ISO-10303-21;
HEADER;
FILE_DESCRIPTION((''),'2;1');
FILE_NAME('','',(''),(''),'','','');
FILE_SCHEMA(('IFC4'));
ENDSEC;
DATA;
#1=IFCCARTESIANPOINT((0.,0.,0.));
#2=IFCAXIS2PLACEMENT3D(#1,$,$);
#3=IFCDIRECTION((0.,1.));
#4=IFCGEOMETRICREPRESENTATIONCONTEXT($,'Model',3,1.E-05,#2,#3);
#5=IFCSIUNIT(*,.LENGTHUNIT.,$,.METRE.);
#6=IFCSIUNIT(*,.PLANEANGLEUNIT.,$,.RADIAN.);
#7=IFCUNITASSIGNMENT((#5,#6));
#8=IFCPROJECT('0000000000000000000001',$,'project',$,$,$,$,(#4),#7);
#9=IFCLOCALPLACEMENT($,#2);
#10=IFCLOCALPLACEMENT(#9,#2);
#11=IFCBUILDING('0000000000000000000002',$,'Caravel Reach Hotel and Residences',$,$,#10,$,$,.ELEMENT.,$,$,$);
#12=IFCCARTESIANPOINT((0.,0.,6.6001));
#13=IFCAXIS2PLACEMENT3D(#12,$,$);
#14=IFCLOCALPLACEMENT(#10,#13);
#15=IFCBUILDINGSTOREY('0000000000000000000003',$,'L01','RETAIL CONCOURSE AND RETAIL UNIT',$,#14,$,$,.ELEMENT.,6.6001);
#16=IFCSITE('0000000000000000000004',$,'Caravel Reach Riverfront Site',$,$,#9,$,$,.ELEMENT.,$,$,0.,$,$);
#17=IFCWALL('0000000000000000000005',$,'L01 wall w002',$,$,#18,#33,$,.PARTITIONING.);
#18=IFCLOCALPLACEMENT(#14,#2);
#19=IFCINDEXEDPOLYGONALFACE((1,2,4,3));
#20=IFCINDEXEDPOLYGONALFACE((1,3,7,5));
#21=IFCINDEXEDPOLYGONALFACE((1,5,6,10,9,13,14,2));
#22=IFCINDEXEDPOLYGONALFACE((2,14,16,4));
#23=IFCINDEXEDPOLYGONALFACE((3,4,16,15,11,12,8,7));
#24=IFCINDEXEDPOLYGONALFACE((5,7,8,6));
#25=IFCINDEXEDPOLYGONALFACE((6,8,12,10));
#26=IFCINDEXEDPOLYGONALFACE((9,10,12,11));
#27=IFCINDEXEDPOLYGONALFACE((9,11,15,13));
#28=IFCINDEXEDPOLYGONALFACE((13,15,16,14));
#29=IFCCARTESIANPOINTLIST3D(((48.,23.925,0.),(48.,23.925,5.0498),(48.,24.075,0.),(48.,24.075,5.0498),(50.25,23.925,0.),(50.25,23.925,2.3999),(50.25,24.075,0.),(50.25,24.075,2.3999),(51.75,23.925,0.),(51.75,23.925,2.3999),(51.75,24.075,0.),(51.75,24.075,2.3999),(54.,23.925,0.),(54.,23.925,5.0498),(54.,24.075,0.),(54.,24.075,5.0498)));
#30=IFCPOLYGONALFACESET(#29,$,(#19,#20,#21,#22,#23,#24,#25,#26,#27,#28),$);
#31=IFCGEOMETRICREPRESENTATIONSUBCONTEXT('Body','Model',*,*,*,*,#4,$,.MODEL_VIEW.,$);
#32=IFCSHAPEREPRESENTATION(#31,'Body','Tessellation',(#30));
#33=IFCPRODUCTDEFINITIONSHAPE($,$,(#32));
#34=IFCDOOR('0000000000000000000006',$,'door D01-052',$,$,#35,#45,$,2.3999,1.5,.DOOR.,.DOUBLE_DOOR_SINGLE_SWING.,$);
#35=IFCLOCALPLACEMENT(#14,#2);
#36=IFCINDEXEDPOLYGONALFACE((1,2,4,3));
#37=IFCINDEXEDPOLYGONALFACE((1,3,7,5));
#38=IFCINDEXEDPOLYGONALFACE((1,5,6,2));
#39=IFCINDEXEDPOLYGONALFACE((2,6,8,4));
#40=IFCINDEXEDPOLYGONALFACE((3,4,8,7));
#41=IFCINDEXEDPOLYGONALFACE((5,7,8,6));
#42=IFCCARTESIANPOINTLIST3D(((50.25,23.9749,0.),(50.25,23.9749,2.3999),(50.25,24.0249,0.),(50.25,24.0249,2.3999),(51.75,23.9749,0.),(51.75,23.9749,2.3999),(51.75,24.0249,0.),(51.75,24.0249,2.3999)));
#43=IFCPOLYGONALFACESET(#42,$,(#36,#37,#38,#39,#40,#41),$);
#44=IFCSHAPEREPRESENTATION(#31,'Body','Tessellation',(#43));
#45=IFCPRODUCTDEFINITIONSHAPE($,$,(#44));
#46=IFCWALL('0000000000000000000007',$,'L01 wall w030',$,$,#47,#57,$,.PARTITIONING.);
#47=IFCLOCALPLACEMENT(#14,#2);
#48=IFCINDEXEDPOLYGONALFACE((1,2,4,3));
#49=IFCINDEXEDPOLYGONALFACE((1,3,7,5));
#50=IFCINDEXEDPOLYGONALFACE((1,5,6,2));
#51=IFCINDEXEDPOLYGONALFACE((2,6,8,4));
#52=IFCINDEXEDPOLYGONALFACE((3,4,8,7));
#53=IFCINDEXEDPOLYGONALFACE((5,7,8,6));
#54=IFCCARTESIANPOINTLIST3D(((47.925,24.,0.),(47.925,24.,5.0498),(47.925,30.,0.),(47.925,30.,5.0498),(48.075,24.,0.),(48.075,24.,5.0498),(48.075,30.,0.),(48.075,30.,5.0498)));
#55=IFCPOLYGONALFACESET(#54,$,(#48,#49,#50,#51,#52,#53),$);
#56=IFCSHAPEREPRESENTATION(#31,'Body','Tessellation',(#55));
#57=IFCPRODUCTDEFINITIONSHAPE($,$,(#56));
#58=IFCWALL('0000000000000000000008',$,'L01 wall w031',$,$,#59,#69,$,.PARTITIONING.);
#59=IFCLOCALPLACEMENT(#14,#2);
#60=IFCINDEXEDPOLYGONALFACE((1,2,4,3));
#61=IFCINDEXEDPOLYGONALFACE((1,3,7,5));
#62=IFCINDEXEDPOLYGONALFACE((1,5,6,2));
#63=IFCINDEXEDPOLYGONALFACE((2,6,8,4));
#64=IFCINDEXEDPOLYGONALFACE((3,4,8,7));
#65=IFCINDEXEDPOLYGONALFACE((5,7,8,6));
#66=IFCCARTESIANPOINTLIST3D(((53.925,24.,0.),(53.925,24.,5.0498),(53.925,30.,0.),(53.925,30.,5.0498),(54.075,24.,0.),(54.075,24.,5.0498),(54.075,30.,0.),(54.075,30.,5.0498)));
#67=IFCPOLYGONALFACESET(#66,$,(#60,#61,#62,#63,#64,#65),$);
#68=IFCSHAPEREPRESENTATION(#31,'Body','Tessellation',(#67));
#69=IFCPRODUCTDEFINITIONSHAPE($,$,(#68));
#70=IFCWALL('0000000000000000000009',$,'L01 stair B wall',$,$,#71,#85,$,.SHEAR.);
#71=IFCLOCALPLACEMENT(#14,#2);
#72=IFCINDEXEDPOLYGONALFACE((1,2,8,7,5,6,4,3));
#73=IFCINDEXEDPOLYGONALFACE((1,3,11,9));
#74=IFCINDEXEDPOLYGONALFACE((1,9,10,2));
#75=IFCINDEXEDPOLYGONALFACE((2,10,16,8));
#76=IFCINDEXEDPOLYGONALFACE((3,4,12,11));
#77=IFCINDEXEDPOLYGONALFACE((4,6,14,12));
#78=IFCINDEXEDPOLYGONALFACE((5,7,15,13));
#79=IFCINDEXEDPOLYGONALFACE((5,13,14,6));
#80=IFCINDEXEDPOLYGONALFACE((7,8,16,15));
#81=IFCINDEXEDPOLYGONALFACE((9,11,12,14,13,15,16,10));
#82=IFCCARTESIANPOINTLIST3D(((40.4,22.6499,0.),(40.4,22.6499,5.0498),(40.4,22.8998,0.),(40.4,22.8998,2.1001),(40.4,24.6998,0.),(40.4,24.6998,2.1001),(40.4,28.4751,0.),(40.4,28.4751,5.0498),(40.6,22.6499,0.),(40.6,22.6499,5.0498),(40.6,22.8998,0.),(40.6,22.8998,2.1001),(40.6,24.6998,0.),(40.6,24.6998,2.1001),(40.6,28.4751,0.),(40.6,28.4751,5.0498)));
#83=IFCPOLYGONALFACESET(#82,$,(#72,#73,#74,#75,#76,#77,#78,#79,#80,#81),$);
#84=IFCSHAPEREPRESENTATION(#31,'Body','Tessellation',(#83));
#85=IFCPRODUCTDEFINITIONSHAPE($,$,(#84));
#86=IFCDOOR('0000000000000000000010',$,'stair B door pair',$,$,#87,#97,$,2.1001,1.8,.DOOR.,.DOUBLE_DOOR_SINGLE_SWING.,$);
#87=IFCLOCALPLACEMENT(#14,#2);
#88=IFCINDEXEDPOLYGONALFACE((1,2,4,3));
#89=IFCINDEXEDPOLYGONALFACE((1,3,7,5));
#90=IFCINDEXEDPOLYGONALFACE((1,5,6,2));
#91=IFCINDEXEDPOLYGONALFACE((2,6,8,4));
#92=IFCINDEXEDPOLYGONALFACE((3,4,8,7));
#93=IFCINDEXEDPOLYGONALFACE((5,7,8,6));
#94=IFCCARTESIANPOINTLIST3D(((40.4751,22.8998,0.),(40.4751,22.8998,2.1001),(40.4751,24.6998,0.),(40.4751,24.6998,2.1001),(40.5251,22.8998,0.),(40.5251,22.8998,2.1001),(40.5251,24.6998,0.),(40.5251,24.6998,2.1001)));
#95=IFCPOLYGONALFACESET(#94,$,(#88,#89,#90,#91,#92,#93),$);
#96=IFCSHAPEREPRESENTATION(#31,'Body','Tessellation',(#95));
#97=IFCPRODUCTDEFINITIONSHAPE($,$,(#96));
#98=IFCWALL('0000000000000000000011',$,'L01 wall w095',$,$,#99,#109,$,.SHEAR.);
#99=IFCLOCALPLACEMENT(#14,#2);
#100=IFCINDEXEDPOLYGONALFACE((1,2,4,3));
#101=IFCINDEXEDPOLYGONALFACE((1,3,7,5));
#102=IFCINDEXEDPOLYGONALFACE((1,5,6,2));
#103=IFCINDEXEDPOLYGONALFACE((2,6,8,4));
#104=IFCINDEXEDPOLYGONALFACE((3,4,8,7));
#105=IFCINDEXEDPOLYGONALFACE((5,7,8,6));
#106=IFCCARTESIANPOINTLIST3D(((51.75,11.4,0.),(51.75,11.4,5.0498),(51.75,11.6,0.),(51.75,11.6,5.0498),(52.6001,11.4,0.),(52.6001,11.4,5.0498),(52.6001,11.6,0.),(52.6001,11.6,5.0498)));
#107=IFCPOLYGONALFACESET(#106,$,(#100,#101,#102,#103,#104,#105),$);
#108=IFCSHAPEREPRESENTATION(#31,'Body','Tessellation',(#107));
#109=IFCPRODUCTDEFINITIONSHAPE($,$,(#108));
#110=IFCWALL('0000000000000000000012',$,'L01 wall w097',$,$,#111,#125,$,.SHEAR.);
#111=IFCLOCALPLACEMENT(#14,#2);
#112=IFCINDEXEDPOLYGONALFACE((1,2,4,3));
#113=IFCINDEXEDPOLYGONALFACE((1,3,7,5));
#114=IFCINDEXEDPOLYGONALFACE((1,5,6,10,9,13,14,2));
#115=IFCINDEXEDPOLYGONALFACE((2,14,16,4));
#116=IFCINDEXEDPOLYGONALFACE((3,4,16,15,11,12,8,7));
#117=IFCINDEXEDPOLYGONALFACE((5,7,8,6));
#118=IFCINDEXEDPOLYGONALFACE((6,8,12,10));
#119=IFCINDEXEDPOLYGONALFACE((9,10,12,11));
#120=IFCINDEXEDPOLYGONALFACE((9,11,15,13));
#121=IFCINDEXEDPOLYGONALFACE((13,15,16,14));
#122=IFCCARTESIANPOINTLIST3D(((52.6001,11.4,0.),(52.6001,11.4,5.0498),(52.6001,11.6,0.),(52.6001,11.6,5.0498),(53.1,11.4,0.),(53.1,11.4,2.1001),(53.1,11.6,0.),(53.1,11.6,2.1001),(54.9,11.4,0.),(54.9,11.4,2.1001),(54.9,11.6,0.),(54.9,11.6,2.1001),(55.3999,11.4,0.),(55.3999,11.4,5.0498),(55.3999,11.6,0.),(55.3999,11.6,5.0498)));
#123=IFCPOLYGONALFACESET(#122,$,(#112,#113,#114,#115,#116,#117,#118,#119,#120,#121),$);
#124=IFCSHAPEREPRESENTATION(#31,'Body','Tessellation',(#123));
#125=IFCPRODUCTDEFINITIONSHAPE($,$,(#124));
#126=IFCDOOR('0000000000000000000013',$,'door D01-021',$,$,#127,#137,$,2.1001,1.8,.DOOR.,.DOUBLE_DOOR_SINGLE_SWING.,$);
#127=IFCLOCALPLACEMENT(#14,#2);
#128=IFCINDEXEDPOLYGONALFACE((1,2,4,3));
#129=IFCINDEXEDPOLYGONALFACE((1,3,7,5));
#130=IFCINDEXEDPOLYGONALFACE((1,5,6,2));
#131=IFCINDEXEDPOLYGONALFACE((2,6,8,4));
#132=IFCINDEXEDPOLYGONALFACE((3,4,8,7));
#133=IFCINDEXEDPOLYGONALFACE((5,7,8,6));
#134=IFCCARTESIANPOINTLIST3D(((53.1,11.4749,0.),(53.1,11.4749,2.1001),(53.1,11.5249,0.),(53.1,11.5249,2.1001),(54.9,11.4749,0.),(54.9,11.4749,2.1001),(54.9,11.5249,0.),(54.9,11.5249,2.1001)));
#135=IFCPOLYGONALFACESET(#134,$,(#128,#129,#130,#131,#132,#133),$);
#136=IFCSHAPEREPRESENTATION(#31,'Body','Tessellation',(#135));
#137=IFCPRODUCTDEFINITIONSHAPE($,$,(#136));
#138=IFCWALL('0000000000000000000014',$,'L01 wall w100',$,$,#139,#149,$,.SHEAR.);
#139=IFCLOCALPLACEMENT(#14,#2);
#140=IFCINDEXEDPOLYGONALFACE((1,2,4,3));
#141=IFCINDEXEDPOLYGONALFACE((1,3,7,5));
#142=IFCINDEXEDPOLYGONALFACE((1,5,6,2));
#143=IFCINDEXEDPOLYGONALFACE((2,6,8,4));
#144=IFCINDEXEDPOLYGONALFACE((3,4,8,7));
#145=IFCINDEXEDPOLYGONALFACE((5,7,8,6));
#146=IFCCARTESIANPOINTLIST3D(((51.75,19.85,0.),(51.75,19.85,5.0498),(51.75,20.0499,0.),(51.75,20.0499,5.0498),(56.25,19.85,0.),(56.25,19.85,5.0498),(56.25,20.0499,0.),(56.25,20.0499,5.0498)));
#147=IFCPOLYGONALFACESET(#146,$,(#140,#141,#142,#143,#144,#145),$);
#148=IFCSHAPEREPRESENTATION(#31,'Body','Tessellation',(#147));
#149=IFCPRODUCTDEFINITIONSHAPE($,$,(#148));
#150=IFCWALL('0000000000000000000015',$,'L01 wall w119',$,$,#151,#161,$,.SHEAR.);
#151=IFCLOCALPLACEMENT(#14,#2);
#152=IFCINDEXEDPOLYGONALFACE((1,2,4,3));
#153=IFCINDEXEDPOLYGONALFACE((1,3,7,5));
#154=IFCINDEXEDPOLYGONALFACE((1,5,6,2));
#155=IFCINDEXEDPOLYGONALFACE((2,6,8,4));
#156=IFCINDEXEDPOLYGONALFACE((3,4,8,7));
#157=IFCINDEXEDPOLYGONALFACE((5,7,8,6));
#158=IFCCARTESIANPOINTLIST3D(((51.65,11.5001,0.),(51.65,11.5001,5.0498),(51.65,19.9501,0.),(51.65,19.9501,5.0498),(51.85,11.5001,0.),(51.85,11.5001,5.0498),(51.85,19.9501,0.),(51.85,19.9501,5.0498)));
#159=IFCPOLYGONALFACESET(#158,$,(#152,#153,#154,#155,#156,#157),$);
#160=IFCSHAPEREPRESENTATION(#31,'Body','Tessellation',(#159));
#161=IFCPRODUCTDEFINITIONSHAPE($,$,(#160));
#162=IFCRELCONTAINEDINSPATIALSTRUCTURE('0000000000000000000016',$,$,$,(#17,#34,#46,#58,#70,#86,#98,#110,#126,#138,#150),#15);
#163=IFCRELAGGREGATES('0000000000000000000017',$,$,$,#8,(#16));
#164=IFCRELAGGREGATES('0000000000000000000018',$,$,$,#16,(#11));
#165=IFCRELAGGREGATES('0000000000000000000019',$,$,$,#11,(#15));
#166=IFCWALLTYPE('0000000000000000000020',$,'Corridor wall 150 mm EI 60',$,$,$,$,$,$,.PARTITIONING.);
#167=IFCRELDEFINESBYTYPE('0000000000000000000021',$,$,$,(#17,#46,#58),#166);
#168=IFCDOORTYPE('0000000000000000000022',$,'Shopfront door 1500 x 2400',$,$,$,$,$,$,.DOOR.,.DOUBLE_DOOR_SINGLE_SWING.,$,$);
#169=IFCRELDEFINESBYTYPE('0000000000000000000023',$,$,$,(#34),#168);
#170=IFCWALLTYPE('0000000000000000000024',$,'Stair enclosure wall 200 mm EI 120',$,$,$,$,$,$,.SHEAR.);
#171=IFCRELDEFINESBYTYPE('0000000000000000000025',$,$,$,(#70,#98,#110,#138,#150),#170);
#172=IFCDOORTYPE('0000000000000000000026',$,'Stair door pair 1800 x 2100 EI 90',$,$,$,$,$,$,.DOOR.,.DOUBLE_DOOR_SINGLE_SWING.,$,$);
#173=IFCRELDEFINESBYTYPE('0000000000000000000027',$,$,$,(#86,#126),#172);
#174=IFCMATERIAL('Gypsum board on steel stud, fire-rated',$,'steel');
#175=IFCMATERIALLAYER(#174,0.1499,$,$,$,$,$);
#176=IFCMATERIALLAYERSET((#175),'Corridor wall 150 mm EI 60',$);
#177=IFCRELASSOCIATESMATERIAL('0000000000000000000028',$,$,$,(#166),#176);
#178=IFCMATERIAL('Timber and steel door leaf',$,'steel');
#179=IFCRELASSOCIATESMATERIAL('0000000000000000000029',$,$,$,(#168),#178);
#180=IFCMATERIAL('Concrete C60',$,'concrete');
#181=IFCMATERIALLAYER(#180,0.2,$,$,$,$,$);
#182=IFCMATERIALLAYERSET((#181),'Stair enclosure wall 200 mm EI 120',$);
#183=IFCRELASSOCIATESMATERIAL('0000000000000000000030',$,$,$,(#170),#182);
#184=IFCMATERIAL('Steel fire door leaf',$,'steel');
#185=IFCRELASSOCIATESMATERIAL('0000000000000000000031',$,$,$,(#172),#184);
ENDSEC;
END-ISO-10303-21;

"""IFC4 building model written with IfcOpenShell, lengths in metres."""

from ifc_helpers import new_model, si_unit, direction, frame, frame_2d, origin, place, context, subcontext, project, spatial, rectangle, extrude, material, layer, layer_set, type_object, element, fill, save


model = new_model("IFC4")

# Units and contexts
model_context = context("Model", 3, precision=1e-05, world=origin(), true_north=direction((0.0, 1.0)))
body_context = subcontext(model_context, "Body", "Model", "MODEL_VIEW")
ifc_project = project(units=[si_unit("LENGTHUNIT", "METRE"), si_unit("PLANEANGLEUNIT", "RADIAN")], contexts=[model_context])

# Site, building, storey
site_placement = place(None, origin())
site = spatial("IfcSite", under=ifc_project, at=site_placement, Name="Caravel Reach Riverfront Site", CompositionType="ELEMENT", RefElevation=0.0)
building_placement = place(site_placement, origin())
building = spatial("IfcBuilding", under=site, at=building_placement, Name="Caravel Reach Hotel and Residences", CompositionType="ELEMENT")
storey_placement = place(building_placement, frame((0.0, 0.0, 6.6001)))
storey = spatial("IfcBuildingStorey", under=building, at=storey_placement, Name="L01", Description="RETAIL CONCOURSE AND RETAIL UNIT", CompositionType="ELEMENT", Elevation=6.6001)

# Wall, opening, door
ifc_material_1 = material(Name="Gypsum board on steel stud, fire-rated", Category="steel")
ifc_layer_1 = layer(ifc_material_1, 0.1499)
ifc_layer_set_1 = layer_set([ifc_layer_1], Name="Corridor wall 150 mm EI 60")
wall_type_1 = type_object("IfcWallType", Name="Corridor wall 150 mm EI 60", PredefinedType="PARTITIONING", material=ifc_layer_set_1)
wall_1_placement = place(storey_placement, frame((48.0, 24.0, 0.0), z_axis=(0.0, 0.0, 1.0), x_axis=(1.0, 0.0, 0.0)))
wall_1 = element("IfcWall", 1, at=wall_1_placement, inside=storey, type_object=wall_type_1, Name="L01 wall w002", PredefinedType="PARTITIONING", context=body_context, shape_type="SweptSolid", body=[
    extrude(rectangle(XDim=6.0, YDim=0.1499, at=frame_2d((3.0, 0.0))), origin(), (0.0, 0.0, 1.0), 5.0498),
])
opening_1_placement = place(wall_1_placement, frame((2.25, 0.0, 0.0)))
opening_1 = element("IfcOpeningElement", 2, at=opening_1_placement, cuts=wall_1, PredefinedType="OPENING", context=body_context, shape_type="SweptSolid", body=[
    extrude(rectangle(XDim=1.5, YDim=2.3999, at=frame_2d((0.75, 1.2))), frame((0.0, 0.085, 0.0), z_axis=(0.0, -1.0, 0.0), x_axis=(1.0, 0.0, 0.0)), (0.0, 0.0, 1.0), 0.1699),
])
ifc_material_2 = material(Name="Timber and steel door leaf", Category="steel")
door_type_1 = type_object("IfcDoorType", Name="Shopfront door 1500 x 2400", OperationType="DOUBLE_DOOR_SINGLE_SWING", PredefinedType="DOOR", material=ifc_material_2)
door_1_placement = place(opening_1_placement, origin())
door_1 = element("IfcDoor", 3, at=door_1_placement, inside=storey, type_object=door_type_1, Name="door D01-052", OperationType="DOUBLE_DOOR_SINGLE_SWING", OverallHeight=2.3999, OverallWidth=1.5, PredefinedType="DOOR", context=body_context, shape_type="SweptSolid", body=[
    extrude(rectangle(XDim=1.5, YDim=2.3999, at=frame_2d((0.75, 1.2))), frame((0.0, 0.0249, 0.0), z_axis=(0.0, -1.0, 0.0), x_axis=(1.0, 0.0, 0.0)), (0.0, 0.0, 1.0), 0.05),
])
fill(opening_1, door_1)

# Walls
for number, where, z_axis, x_axis, name in (
    (4, (48.0, 24.0, 0.0), (0.0, 0.0, 1.0), (0.0, 1.0, 0.0), "L01 wall w030"),
    (5, (54.0, 24.0, 0.0), (0.0, 0.0, 1.0), (0.0, 1.0, 0.0), "L01 wall w031"),
):
    element("IfcWall", number, at=place(storey_placement, frame(where, z_axis=z_axis, x_axis=x_axis)), inside=storey, type_object=wall_type_1, Name=name, PredefinedType="PARTITIONING", context=body_context, shape_type="SweptSolid", body=[
        extrude(rectangle(XDim=6.0, YDim=0.1499, at=frame_2d((3.0, 0.0))), origin(), (0.0, 0.0, 1.0), 5.0498),
    ])

# Wall, opening, door
ifc_material_3 = material(Name="Concrete C60", Category="concrete")
ifc_layer_2 = layer(ifc_material_3, 0.2)
ifc_layer_set_2 = layer_set([ifc_layer_2], Name="Stair enclosure wall 200 mm EI 120")
wall_type_2 = type_object("IfcWallType", Name="Stair enclosure wall 200 mm EI 120", PredefinedType="SHEAR", material=ifc_layer_set_2)
wall_2_placement = place(storey_placement, frame((40.5, 22.6499, 0.0), z_axis=(0.0, 0.0, 1.0), x_axis=(0.0, 1.0, 0.0)))
wall_2 = element("IfcWall", 6, at=wall_2_placement, inside=storey, type_object=wall_type_2, Name="L01 stair B wall", PredefinedType="SHEAR", context=body_context, shape_type="SweptSolid", body=[
    extrude(rectangle(XDim=5.8252, YDim=0.2, at=frame_2d((2.9126, 0.0))), origin(), (0.0, 0.0, 1.0), 5.0498),
])
opening_2_placement = place(wall_2_placement, frame((0.25, 0.0, 0.0)))
opening_2 = element("IfcOpeningElement", 7, at=opening_2_placement, cuts=wall_2, PredefinedType="OPENING", context=body_context, shape_type="SweptSolid", body=[
    extrude(rectangle(XDim=1.8, YDim=2.1001, at=frame_2d((0.8999, 1.05))), frame((0.0, 0.1099, 0.0), z_axis=(0.0, -1.0, 0.0), x_axis=(1.0, 0.0, 0.0)), (0.0, 0.0, 1.0), 0.22),
])
ifc_material_4 = material(Name="Steel fire door leaf", Category="steel")
door_type_2 = type_object("IfcDoorType", Name="Stair door pair 1800 x 2100 EI 90", OperationType="DOUBLE_DOOR_SINGLE_SWING", PredefinedType="DOOR", material=ifc_material_4)
door_2_placement = place(opening_2_placement, origin())
door_2 = element("IfcDoor", 8, at=door_2_placement, inside=storey, type_object=door_type_2, Name="stair B door pair", OperationType="DOUBLE_DOOR_SINGLE_SWING", OverallHeight=2.1001, OverallWidth=1.8, PredefinedType="DOOR", context=body_context, shape_type="SweptSolid", body=[
    extrude(rectangle(XDim=1.8, YDim=2.1001, at=frame_2d((0.8999, 1.05))), frame((0.0, 0.0249, 0.0), z_axis=(0.0, -1.0, 0.0), x_axis=(1.0, 0.0, 0.0)), (0.0, 0.0, 1.0), 0.05),
])
fill(opening_2, door_2)

# Wall
wall_3_placement = place(storey_placement, frame((51.75, 11.5, 0.0), z_axis=(0.0, 0.0, 1.0), x_axis=(1.0, 0.0, 0.0)))
element("IfcWall", 9, at=wall_3_placement, inside=storey, type_object=wall_type_2, Name="L01 wall w095", PredefinedType="SHEAR", context=body_context, shape_type="SweptSolid", body=[
    extrude(rectangle(XDim=0.8501, YDim=0.2, at=frame_2d((0.425, 0.0))), origin(), (0.0, 0.0, 1.0), 5.0498),
])

# Wall, opening, door
wall_4_placement = place(storey_placement, frame((52.6001, 11.5, 0.0), z_axis=(0.0, 0.0, 1.0), x_axis=(1.0, 0.0, 0.0)))
wall_4 = element("IfcWall", 10, at=wall_4_placement, inside=storey, type_object=wall_type_2, Name="L01 wall w097", PredefinedType="SHEAR", context=body_context, shape_type="SweptSolid", body=[
    extrude(rectangle(XDim=2.7998, YDim=0.2, at=frame_2d((1.3999, 0.0))), origin(), (0.0, 0.0, 1.0), 5.0498),
])
opening_3_placement = place(wall_4_placement, frame((0.5, 0.0, 0.0)))
opening_3 = element("IfcOpeningElement", 11, at=opening_3_placement, cuts=wall_4, PredefinedType="OPENING", context=body_context, shape_type="SweptSolid", body=[
    extrude(rectangle(XDim=1.8, YDim=2.1001, at=frame_2d((0.8999, 1.05))), frame((0.0, 0.1099, 0.0), z_axis=(0.0, -1.0, 0.0), x_axis=(1.0, 0.0, 0.0)), (0.0, 0.0, 1.0), 0.22),
])
door_3_placement = place(opening_3_placement, origin())
door_3 = element("IfcDoor", 12, at=door_3_placement, inside=storey, type_object=door_type_2, Name="door D01-021", OperationType="DOUBLE_DOOR_SINGLE_SWING", OverallHeight=2.1001, OverallWidth=1.8, PredefinedType="DOOR", context=body_context, shape_type="SweptSolid", body=[
    extrude(rectangle(XDim=1.8, YDim=2.1001, at=frame_2d((0.8999, 1.05))), frame((0.0, 0.0249, 0.0), z_axis=(0.0, -1.0, 0.0), x_axis=(1.0, 0.0, 0.0)), (0.0, 0.0, 1.0), 0.05),
])
fill(opening_3, door_3)

# Walls
wall_5_placement = place(storey_placement, frame((51.75, 19.95, 0.0), z_axis=(0.0, 0.0, 1.0), x_axis=(1.0, 0.0, 0.0)))
element("IfcWall", 13, at=wall_5_placement, inside=storey, type_object=wall_type_2, Name="L01 wall w100", PredefinedType="SHEAR", context=body_context, shape_type="SweptSolid", body=[
    extrude(rectangle(XDim=4.5, YDim=0.2, at=frame_2d((2.25, 0.0))), origin(), (0.0, 0.0, 1.0), 5.0498),
])
wall_6_placement = place(storey_placement, frame((51.75, 11.5, 0.0), z_axis=(0.0, 0.0, 1.0), x_axis=(0.0, 1.0, 0.0)))
element("IfcWall", 14, at=wall_6_placement, inside=storey, type_object=wall_type_2, Name="L01 wall w119", PredefinedType="SHEAR", context=body_context, shape_type="SweptSolid", body=[
    extrude(rectangle(XDim=8.45, YDim=0.2, at=frame_2d((4.2251, 0.0))), origin(), (0.0, 0.0, 1.0), 5.0498),
])

save(model, "model.ifc")
